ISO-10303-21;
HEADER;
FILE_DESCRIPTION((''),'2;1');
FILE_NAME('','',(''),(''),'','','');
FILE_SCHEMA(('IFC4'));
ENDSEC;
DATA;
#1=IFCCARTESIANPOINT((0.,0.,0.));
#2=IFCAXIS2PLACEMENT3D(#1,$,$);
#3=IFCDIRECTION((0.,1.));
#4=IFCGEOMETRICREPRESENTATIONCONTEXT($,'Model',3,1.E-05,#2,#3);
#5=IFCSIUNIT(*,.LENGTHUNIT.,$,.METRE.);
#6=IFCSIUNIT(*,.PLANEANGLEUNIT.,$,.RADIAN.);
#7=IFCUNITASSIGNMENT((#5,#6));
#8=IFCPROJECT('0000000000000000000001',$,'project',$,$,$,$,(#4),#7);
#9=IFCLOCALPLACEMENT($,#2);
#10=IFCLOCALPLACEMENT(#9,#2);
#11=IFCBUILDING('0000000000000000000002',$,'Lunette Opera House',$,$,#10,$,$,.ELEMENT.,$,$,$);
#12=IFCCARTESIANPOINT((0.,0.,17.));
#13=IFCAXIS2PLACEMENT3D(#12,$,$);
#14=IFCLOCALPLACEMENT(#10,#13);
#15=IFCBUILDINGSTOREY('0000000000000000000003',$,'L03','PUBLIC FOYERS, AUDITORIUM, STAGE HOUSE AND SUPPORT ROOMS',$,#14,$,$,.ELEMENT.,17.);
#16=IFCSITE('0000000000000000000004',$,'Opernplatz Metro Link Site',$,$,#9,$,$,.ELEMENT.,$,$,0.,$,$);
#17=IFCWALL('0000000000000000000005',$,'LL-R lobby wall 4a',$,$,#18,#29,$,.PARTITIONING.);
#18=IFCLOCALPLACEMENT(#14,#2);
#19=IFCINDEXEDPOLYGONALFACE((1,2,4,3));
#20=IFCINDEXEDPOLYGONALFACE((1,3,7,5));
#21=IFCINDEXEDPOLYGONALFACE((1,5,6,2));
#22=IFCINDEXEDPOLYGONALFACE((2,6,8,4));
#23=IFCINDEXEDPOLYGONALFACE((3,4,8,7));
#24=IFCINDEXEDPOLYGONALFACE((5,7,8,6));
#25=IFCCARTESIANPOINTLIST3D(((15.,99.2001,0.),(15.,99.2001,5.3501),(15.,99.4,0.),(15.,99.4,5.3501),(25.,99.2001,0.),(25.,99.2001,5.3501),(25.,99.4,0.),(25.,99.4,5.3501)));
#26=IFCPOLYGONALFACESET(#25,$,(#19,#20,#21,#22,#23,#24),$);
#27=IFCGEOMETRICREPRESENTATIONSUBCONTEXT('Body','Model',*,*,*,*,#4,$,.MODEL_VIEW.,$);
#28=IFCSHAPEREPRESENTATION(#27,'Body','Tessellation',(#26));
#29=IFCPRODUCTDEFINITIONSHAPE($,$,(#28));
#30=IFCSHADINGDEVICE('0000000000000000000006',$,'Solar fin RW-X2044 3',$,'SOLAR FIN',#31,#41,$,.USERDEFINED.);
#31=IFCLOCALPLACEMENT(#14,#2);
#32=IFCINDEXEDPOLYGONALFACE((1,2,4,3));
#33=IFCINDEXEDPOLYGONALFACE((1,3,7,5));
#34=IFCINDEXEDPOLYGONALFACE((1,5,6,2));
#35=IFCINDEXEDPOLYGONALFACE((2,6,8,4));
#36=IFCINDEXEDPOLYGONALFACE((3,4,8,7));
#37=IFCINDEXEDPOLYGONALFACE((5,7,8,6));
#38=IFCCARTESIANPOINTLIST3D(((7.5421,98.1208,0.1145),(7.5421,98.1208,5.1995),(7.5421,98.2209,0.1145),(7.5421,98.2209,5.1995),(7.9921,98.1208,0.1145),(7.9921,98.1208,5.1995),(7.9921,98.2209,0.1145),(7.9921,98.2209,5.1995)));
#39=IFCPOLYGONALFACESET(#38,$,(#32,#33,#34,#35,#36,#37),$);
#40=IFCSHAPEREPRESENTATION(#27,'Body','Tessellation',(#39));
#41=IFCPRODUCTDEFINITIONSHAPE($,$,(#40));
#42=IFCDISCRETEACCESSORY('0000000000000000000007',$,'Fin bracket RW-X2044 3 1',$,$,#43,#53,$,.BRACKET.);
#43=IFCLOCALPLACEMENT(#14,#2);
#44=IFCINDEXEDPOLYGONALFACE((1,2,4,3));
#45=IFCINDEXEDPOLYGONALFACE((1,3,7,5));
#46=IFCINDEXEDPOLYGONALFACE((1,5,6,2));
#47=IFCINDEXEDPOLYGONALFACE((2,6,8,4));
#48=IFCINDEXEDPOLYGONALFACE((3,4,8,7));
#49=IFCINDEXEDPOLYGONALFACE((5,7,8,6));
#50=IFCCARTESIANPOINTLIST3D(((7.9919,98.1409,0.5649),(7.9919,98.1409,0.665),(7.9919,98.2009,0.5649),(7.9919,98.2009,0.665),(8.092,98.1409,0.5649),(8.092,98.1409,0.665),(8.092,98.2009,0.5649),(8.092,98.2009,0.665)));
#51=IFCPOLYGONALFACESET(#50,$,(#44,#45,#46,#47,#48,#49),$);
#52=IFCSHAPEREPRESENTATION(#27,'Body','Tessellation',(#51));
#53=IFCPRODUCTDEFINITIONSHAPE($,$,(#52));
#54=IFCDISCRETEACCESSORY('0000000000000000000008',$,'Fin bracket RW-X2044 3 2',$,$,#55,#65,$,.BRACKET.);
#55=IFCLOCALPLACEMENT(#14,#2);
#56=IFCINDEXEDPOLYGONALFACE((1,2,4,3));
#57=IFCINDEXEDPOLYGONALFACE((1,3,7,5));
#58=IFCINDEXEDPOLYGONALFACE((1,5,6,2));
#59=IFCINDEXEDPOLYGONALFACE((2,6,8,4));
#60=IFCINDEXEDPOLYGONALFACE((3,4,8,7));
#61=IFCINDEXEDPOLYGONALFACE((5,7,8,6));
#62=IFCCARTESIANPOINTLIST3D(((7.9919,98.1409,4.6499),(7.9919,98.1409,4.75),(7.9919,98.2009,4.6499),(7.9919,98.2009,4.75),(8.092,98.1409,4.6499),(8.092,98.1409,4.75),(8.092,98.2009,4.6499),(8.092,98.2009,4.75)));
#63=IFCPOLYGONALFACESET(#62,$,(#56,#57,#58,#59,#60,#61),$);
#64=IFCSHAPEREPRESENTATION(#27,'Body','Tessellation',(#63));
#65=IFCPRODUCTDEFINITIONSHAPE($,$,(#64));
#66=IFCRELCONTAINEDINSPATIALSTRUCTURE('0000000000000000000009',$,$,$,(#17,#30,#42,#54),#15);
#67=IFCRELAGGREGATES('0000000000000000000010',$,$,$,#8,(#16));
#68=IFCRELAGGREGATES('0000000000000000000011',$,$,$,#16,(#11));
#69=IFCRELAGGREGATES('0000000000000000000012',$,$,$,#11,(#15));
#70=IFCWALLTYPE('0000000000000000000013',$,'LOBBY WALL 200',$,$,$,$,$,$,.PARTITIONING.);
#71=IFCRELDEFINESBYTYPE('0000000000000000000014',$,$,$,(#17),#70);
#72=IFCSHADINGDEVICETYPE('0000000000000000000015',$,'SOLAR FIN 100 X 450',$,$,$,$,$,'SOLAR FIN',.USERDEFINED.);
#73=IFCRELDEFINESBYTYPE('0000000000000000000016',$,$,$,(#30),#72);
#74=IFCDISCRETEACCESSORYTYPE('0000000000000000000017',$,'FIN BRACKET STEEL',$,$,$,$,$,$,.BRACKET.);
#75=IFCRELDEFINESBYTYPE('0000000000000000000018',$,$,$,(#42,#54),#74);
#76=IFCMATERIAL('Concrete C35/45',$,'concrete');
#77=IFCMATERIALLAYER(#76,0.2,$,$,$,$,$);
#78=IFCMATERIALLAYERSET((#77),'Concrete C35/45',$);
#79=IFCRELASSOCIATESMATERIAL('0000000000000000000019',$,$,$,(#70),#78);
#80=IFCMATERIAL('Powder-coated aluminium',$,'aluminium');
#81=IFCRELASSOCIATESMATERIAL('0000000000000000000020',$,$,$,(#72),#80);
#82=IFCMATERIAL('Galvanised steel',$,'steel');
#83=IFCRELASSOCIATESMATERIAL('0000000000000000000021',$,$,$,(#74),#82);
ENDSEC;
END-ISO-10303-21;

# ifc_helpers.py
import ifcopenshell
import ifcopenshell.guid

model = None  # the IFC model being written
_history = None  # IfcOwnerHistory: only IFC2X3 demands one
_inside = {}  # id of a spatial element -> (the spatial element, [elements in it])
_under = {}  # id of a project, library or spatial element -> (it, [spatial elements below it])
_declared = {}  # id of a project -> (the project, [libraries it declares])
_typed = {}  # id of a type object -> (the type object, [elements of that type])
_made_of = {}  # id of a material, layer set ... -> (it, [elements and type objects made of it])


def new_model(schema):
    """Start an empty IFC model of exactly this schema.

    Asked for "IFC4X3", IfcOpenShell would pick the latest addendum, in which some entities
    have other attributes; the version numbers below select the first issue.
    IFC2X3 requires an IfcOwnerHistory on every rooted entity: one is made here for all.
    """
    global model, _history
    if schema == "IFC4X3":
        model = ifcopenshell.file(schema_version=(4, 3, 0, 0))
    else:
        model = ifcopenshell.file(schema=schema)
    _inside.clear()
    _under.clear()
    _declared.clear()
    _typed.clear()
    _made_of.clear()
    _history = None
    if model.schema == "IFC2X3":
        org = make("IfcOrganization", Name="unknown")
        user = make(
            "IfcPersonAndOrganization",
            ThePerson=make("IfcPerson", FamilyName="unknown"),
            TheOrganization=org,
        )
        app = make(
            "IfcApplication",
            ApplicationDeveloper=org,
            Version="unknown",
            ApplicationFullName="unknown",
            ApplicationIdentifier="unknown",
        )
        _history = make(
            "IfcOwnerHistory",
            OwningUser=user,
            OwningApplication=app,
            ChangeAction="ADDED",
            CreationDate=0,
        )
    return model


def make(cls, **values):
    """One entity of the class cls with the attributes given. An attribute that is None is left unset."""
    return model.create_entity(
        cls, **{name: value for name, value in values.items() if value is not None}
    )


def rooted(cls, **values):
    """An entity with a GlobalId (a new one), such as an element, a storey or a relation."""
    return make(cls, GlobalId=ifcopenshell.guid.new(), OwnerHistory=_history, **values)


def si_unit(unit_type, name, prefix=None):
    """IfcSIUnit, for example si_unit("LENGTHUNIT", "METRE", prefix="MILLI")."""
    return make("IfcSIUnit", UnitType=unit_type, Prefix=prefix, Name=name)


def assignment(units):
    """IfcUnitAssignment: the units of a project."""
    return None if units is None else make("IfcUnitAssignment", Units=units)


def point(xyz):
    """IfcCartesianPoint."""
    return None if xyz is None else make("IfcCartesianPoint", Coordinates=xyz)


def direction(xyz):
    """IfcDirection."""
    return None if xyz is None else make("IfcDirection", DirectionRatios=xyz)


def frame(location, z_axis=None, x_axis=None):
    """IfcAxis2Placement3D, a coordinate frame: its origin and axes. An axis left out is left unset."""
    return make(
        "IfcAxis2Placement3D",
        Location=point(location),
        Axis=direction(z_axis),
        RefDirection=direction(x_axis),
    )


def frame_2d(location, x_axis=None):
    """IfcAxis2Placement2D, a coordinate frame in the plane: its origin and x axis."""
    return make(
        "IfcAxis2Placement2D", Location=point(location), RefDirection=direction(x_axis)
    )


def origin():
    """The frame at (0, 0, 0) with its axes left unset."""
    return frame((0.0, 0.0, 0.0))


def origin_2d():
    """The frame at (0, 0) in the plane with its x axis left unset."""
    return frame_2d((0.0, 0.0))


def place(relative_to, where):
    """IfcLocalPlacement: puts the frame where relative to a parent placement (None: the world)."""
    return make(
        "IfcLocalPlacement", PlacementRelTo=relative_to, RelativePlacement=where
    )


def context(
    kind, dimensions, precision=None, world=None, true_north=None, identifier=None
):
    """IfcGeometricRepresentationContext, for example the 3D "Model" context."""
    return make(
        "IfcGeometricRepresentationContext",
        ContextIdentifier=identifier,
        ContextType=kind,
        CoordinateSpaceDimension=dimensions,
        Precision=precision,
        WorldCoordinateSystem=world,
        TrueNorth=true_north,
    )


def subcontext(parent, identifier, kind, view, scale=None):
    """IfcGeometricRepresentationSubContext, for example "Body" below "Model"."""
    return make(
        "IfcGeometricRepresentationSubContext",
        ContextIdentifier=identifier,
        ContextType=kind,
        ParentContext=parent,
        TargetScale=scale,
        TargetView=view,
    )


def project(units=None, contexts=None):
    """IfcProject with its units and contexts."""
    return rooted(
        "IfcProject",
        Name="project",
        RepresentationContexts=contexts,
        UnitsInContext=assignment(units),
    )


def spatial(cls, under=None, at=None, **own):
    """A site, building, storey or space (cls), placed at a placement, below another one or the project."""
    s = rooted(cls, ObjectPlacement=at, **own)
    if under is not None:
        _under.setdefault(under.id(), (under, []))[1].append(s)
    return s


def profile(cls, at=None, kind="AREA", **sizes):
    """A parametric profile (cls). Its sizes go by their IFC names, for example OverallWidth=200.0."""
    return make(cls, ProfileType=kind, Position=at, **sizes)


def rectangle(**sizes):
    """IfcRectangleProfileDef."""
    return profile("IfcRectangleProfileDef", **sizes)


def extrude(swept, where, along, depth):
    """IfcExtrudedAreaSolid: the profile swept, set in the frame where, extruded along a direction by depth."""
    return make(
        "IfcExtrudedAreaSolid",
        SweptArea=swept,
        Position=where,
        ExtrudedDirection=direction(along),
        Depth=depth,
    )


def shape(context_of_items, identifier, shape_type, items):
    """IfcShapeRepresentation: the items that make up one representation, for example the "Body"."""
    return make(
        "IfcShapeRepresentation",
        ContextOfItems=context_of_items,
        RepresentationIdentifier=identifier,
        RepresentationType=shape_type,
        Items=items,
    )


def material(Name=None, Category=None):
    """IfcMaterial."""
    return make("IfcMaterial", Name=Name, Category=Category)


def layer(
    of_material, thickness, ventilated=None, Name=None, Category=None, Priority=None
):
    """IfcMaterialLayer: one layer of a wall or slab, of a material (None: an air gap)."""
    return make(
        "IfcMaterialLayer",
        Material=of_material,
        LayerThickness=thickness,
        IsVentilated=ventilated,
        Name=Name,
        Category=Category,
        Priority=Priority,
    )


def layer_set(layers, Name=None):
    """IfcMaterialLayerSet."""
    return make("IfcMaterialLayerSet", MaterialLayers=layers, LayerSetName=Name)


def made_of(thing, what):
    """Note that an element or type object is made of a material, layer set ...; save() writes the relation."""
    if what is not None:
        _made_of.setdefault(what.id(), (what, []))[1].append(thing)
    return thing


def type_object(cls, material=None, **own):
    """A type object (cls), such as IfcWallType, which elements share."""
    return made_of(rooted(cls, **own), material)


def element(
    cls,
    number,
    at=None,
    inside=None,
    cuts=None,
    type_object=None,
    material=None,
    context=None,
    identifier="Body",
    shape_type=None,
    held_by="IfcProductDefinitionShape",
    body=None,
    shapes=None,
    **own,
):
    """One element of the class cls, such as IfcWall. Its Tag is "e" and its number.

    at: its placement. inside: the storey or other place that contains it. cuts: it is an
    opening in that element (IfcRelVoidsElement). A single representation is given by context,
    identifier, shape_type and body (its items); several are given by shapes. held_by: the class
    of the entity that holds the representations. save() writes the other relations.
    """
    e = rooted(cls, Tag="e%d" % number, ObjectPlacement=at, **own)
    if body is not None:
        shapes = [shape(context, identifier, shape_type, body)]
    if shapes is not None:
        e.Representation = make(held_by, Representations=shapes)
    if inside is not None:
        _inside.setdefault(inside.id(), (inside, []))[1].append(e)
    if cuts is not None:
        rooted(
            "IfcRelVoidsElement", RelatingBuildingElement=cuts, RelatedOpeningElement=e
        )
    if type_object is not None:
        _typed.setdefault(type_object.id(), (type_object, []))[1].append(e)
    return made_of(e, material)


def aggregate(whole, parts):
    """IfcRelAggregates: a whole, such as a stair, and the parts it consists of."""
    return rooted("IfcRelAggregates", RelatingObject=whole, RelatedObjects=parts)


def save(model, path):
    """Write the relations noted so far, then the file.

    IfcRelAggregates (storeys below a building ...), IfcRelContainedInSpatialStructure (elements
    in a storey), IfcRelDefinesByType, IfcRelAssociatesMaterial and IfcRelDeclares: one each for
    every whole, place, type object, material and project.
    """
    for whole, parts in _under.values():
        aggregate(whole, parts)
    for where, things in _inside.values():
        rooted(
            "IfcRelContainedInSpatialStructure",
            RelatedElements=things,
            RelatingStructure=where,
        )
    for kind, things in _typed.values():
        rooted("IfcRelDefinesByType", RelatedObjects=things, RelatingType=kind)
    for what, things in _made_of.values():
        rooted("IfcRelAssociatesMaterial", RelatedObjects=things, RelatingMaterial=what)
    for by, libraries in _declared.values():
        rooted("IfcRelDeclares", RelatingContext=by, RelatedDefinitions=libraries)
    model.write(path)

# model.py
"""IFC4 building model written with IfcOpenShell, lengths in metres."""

from ifc_helpers import new_model, si_unit, direction, frame, frame_2d, origin, origin_2d, place, context, subcontext, project, spatial, rectangle, extrude, material, layer, layer_set, type_object, element, save


model = new_model("IFC4")

# Units and contexts
model_context = context("Model", 3, precision=1e-05, world=origin(), true_north=direction((0.0, 1.0)))
body_context = subcontext(model_context, "Body", "Model", "MODEL_VIEW")
ifc_project = project(units=[si_unit("LENGTHUNIT", "METRE"), si_unit("PLANEANGLEUNIT", "RADIAN")], contexts=[model_context])

# Site, building, storey
site_placement = place(None, origin())
site = spatial("IfcSite", under=ifc_project, at=site_placement, Name="Opernplatz Metro Link Site", CompositionType="ELEMENT", RefElevation=0.0)
building_placement = place(site_placement, origin())
building = spatial("IfcBuilding", under=site, at=building_placement, Name="Lunette Opera House", CompositionType="ELEMENT")
storey_placement = place(building_placement, frame((0.0, 0.0, 17.0)))
storey = spatial("IfcBuildingStorey", under=building, at=storey_placement, Name="L03", Description="PUBLIC FOYERS, AUDITORIUM, STAGE HOUSE AND SUPPORT ROOMS", CompositionType="ELEMENT", Elevation=17.0)

# Wall
ifc_material_1 = material(Name="Concrete C35/45", Category="concrete")
ifc_layer_1 = layer(ifc_material_1, 0.2)
ifc_layer_set_1 = layer_set([ifc_layer_1], Name="Concrete C35/45")
wall_type_1 = type_object("IfcWallType", Name="LOBBY WALL 200", PredefinedType="PARTITIONING", material=ifc_layer_set_1)
wall_placement = place(storey_placement, frame((15.0, 99.3, 0.0), z_axis=(0.0, 0.0, 1.0), x_axis=(1.0, 0.0, 0.0)))
element("IfcWall", 1, at=wall_placement, inside=storey, type_object=wall_type_1, Name="LL-R lobby wall 4a", PredefinedType="PARTITIONING", context=body_context, shape_type="SweptSolid", body=[
    extrude(rectangle(XDim=10.0, YDim=0.2, at=frame_2d((5.0, 0.0))), origin(), (0.0, 0.0, 1.0), 5.3501),
])

# Shading device
ifc_material_2 = material(Name="Powder-coated aluminium", Category="aluminium")
shading_device_type = type_object("IfcShadingDeviceType", Name="SOLAR FIN 100 X 450", ElementType="SOLAR FIN", PredefinedType="USERDEFINED", material=ifc_material_2)
shading_device_placement = place(storey_placement, frame((7.7671, 98.1709, 0.1145), z_axis=(0.0, 0.0, 1.0), x_axis=(-1.0, 0.0, 0.0)))
element("IfcShadingDevice", 2, at=shading_device_placement, inside=storey, type_object=shading_device_type, Name="Solar fin RW-X2044 3", ObjectType="SOLAR FIN", PredefinedType="USERDEFINED", context=body_context, shape_type="SweptSolid", body=[
    extrude(rectangle(XDim=0.45, YDim=0.1001, at=origin_2d()), origin(), (0.0, 0.0, 1.0), 5.085),
])

# Discrete accessories
ifc_material_3 = material(Name="Galvanised steel", Category="steel")
discrete_accessory_type = type_object("IfcDiscreteAccessoryType", Name="FIN BRACKET STEEL", PredefinedType="BRACKET", material=ifc_material_3)
for number, where, z_axis, x_axis, name in (
    (3, (8.042, 98.1709, 0.5649), (0.0, 0.0, 1.0), (-1.0, 0.0, 0.0), "Fin bracket RW-X2044 3 1"),
    (4, (8.042, 98.1709, 4.6499), (0.0, 0.0, 1.0), (-1.0, 0.0, 0.0), "Fin bracket RW-X2044 3 2"),
):
    element("IfcDiscreteAccessory", number, at=place(storey_placement, frame(where, z_axis=z_axis, x_axis=x_axis)), inside=storey, type_object=discrete_accessory_type, Name=name, PredefinedType="BRACKET", context=body_context, shape_type="SweptSolid", body=[
        extrude(rectangle(XDim=0.1001, YDim=0.0601, at=origin_2d()), origin(), (0.0, 0.0, 1.0), 0.1001),
    ])

save(model, "model.ifc")
